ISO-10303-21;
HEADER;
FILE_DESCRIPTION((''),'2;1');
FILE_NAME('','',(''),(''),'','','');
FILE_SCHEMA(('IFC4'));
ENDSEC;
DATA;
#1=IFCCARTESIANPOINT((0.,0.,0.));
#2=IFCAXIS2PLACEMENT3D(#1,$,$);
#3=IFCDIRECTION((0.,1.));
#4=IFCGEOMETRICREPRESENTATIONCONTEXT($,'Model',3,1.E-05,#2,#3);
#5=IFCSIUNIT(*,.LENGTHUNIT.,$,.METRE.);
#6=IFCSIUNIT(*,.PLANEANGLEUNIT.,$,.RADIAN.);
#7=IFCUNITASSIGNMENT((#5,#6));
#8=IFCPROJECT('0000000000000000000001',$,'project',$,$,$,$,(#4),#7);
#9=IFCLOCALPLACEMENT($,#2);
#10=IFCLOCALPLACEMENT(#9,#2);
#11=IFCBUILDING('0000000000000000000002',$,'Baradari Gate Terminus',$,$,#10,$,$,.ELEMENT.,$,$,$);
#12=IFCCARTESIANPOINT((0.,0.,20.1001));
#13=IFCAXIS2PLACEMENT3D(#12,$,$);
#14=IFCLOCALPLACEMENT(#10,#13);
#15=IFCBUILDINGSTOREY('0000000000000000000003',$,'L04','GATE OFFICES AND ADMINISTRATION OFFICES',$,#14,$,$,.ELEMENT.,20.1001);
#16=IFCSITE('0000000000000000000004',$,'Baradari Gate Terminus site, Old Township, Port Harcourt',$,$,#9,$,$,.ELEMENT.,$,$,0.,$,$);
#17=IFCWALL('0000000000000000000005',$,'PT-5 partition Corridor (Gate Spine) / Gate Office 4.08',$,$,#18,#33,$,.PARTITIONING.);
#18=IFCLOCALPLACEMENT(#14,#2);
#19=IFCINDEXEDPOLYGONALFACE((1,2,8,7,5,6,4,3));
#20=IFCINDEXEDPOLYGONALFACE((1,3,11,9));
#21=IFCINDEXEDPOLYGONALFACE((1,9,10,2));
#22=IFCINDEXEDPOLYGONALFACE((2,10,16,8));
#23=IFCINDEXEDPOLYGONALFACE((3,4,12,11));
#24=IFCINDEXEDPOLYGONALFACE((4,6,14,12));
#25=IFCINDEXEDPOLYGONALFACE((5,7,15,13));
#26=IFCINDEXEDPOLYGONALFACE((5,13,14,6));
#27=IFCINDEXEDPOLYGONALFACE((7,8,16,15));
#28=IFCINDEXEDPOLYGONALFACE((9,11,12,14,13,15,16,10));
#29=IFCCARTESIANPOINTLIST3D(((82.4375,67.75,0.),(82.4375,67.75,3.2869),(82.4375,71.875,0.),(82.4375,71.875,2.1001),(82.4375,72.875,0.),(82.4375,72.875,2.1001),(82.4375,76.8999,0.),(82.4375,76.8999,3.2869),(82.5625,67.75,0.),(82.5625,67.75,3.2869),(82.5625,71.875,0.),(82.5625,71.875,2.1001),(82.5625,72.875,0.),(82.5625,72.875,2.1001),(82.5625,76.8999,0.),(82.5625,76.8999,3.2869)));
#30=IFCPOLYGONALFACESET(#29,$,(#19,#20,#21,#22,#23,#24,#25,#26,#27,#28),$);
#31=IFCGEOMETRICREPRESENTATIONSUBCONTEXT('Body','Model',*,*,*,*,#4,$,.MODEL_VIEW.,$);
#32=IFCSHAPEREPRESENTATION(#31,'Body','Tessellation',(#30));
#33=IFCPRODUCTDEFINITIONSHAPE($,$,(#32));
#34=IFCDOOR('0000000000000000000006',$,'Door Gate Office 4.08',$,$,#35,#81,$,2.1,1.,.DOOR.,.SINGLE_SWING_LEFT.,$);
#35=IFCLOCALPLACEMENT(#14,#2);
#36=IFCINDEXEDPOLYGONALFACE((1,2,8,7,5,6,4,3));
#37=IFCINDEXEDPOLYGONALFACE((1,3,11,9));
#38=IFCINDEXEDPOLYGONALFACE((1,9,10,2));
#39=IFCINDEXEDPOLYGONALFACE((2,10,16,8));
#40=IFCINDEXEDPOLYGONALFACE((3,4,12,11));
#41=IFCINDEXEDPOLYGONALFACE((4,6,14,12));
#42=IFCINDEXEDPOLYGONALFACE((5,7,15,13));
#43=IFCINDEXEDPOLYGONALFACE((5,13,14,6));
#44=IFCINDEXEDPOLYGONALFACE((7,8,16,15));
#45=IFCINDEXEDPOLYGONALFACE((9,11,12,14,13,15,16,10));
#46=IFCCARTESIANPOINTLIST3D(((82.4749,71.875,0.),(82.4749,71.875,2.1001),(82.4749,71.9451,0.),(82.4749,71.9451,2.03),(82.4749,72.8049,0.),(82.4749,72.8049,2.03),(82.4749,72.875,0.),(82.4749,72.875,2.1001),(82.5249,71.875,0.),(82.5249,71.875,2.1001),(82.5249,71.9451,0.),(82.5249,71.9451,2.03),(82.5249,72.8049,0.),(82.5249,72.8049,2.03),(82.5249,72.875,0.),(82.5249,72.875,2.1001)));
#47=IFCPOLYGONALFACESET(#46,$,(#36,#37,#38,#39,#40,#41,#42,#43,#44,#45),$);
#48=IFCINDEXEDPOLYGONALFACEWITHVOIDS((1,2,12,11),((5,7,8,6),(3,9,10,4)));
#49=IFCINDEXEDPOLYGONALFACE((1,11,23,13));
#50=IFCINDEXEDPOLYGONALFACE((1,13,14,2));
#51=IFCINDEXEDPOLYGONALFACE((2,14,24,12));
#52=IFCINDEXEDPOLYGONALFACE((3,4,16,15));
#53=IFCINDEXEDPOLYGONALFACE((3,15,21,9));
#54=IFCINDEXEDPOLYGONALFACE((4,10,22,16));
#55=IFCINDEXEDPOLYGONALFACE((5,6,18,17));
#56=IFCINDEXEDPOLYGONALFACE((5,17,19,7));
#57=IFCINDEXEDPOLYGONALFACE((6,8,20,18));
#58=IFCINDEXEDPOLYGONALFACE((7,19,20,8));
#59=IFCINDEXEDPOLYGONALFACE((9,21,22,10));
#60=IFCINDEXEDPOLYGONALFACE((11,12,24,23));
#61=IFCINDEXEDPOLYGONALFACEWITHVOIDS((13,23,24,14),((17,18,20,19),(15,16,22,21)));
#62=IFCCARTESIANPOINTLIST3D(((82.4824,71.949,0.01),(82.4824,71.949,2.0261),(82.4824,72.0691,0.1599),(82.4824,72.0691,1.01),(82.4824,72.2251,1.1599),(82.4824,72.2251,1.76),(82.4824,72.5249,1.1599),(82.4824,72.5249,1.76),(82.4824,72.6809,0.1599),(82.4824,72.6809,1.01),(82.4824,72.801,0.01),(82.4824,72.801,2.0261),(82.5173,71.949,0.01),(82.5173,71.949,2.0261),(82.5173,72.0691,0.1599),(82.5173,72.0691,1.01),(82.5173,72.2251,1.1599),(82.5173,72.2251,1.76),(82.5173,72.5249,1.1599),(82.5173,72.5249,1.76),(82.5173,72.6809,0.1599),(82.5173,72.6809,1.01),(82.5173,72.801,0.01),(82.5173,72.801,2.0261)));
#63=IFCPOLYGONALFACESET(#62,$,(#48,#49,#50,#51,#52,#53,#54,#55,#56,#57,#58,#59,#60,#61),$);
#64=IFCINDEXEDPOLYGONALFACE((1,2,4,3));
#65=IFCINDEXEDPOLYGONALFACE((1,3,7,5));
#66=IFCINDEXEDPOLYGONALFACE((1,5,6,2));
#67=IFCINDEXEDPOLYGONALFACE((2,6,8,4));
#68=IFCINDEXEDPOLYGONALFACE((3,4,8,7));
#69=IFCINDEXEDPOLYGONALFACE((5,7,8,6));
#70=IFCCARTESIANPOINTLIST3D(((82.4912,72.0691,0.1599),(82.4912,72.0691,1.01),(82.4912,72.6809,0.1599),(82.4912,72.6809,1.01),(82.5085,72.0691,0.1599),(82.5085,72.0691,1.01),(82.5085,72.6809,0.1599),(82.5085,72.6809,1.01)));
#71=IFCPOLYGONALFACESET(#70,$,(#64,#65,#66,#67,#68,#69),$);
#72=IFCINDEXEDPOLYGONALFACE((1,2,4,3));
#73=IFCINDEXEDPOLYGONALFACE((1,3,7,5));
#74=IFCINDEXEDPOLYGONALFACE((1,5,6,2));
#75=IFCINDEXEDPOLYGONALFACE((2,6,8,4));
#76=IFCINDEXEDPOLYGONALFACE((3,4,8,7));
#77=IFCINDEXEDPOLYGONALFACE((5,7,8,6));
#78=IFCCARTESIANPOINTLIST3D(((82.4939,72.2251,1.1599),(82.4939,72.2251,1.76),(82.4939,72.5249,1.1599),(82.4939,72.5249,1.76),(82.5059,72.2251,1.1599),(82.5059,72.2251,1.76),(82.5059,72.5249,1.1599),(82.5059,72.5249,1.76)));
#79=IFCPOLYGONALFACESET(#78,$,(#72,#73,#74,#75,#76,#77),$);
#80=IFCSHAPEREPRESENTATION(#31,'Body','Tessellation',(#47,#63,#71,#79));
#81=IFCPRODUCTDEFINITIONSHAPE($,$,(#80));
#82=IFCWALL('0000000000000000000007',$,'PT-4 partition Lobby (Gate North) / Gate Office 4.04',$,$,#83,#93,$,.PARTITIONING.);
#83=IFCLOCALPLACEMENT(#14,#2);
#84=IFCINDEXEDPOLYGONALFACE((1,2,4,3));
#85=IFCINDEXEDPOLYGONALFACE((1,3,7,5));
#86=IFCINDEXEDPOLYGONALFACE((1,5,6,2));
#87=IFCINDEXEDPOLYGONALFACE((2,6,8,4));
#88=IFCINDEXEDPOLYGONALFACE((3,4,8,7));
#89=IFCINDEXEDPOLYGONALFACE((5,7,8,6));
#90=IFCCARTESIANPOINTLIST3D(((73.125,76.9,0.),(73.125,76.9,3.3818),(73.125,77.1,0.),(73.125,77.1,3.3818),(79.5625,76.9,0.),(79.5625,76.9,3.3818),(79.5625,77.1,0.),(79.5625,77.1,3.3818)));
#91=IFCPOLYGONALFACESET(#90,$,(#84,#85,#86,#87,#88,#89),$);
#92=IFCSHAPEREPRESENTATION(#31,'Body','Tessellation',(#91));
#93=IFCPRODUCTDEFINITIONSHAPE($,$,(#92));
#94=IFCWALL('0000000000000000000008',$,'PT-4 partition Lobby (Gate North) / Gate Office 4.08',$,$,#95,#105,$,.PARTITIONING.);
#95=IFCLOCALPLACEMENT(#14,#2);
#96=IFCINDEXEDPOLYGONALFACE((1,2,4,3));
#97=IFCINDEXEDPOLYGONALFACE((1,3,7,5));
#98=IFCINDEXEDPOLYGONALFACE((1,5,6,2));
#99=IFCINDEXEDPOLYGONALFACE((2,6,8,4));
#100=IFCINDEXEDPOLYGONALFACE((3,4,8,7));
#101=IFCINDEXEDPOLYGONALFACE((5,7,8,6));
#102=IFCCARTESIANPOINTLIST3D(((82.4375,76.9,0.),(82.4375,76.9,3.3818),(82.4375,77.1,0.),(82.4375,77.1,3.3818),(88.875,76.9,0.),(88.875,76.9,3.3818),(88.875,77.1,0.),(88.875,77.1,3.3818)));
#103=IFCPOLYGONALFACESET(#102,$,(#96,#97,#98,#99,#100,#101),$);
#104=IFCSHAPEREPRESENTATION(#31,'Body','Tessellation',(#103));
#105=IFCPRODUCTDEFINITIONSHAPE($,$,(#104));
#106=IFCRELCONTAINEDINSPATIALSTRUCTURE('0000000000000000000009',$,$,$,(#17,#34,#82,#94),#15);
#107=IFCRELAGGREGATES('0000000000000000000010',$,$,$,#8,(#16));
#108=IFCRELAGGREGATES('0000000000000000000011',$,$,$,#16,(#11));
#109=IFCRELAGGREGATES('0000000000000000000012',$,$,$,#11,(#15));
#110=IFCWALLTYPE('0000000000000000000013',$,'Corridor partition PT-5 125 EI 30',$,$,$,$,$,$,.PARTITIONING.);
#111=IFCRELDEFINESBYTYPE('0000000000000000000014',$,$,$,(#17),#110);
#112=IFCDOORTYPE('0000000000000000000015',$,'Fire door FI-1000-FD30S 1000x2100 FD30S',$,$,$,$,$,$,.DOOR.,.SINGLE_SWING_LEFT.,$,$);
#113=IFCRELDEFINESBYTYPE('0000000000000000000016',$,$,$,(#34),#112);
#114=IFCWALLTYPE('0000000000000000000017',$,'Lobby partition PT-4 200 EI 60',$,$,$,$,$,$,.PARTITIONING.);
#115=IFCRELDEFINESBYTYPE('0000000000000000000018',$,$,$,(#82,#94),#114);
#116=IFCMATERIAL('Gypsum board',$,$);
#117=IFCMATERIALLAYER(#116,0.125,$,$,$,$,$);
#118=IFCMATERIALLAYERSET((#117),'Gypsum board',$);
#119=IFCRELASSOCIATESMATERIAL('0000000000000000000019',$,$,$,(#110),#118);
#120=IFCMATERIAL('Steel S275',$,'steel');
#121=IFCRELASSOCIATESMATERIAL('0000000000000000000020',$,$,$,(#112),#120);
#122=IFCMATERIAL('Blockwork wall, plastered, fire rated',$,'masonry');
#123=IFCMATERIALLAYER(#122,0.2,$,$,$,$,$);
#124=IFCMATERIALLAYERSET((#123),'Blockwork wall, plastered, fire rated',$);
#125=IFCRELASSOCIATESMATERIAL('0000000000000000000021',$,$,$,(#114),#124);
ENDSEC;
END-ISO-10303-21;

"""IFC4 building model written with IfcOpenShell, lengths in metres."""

from ifc_helpers import new_model, si_unit, direction, frame, frame_2d, origin, place, context, subcontext, project, spatial, polyline, rectangle, outline, extrude, material, layer, layer_set, type_object, element, fill, save


model = new_model("IFC4")

# Units and contexts
model_context = context("Model", 3, precision=1e-05, world=origin(), true_north=direction((0.0, 1.0)))
body_context = subcontext(model_context, "Body", "Model", "MODEL_VIEW")
ifc_project = project(units=[si_unit("LENGTHUNIT", "METRE"), si_unit("PLANEANGLEUNIT", "RADIAN")], contexts=[model_context])

# Site, building, storey
site_placement = place(None, origin())
site = spatial("IfcSite", under=ifc_project, at=site_placement, Name="Baradari Gate Terminus site, Old Township, Port Harcourt", CompositionType="ELEMENT", RefElevation=0.0)
building_placement = place(site_placement, origin())
building = spatial("IfcBuilding", under=site, at=building_placement, Name="Baradari Gate Terminus", CompositionType="ELEMENT")
storey_placement = place(building_placement, frame((0.0, 0.0, 20.1001)))
storey = spatial("IfcBuildingStorey", under=building, at=storey_placement, Name="L04", Description="GATE OFFICES AND ADMINISTRATION OFFICES", CompositionType="ELEMENT", Elevation=20.1001)

# Wall, opening, door
ifc_material_1 = material(Name="Gypsum board")
ifc_layer_1 = layer(ifc_material_1, 0.125)
ifc_layer_set_1 = layer_set([ifc_layer_1], Name="Gypsum board")
wall_type_1 = type_object("IfcWallType", Name="Corridor partition PT-5 125 EI 30", PredefinedType="PARTITIONING", material=ifc_layer_set_1)
wall_placement = place(storey_placement, frame((82.5, 76.8999, 0.0), z_axis=(0.0, 0.0, 1.0), x_axis=(0.0, -1.0, 0.0)))
wall = element("IfcWall", 1, at=wall_placement, inside=storey, type_object=wall_type_1, Name="PT-5 partition Corridor (Gate Spine) / Gate Office 4.08", PredefinedType="PARTITIONING", context=body_context, shape_type="SweptSolid", body=[
    extrude(rectangle(XDim=9.1499, YDim=0.125, at=frame_2d((4.575, 0.0))), origin(), (0.0, 0.0, 1.0), 3.2869),
])
opening_placement = place(wall_placement, frame((4.0249, 0.0, 0.0)))
opening = element("IfcOpeningElement", 2, at=opening_placement, cuts=wall, PredefinedType="OPENING", context=body_context, shape_type="SweptSolid", body=[
    extrude(rectangle(XDim=1.0, YDim=2.1001, at=frame_2d((0.5, 1.05))), frame((0.0, 0.0725, 0.0), z_axis=(0.0, -1.0, 0.0), x_axis=(1.0, 0.0, 0.0)), (0.0, 0.0, 1.0), 0.145),
])
ifc_material_2 = material(Name="Steel S275", Category="steel")
door_type = type_object("IfcDoorType", Name="Fire door FI-1000-FD30S 1000x2100 FD30S", OperationType="SINGLE_SWING_LEFT", PredefinedType="DOOR", material=ifc_material_2)
door_placement = place(opening_placement, origin())
door = element("IfcDoor", 3, at=door_placement, inside=storey, type_object=door_type, Name="Door Gate Office 4.08", OperationType="SINGLE_SWING_LEFT", OverallHeight=2.1, OverallWidth=1.0, PredefinedType="DOOR", context=body_context, shape_type="SweptSolid", body=[
    extrude(outline(polyline([(0.0, 0.0), (0.0701, 0.0), (0.0701, 2.03), (0.9299, 2.03), (0.9299, 0.0), (1.0, 0.0), (1.0, 2.1001), (0.0, 2.1001), (0.0, 0.0)])), frame((0.0, 0.0249, 0.0), z_axis=(0.0, -1.0, 0.0), x_axis=(1.0, 0.0, 0.0)), (0.0, 0.0, 1.0), 0.05),
    extrude(outline(polyline([(0.074, 0.01), (0.926, 0.01), (0.926, 2.0261), (0.074, 2.0261), (0.074, 0.01)]), holes=[polyline([(0.1941, 0.1599), (0.8059, 0.1599), (0.8059, 1.01), (0.1941, 1.01), (0.1941, 0.1599)]), polyline([(0.3501, 1.1599), (0.6499, 1.1599), (0.6499, 1.76), (0.3501, 1.76), (0.3501, 1.1599)])]), frame((0.0, 0.0173, 0.0), z_axis=(0.0, -1.0, 0.0), x_axis=(1.0, 0.0, 0.0)), (0.0, 0.0, 1.0), 0.0349),
    extrude(rectangle(XDim=0.6118, YDim=0.8501, at=frame_2d((0.5, 0.585))), frame((0.0, 0.0085, 0.0), z_axis=(0.0, -1.0, 0.0), x_axis=(1.0, 0.0, 0.0)), (0.0, 0.0, 1.0), 0.0173),
    extrude(rectangle(XDim=0.2998, YDim=0.6001, at=frame_2d((0.5, 1.46))), frame((0.0, 0.0059, 0.0), z_axis=(0.0, -1.0, 0.0), x_axis=(1.0, 0.0, 0.0)), (0.0, 0.0, 1.0), 0.012),
])
fill(opening, door)

# Walls
ifc_material_3 = material(Name="Blockwork wall, plastered, fire rated", Category="masonry")
ifc_layer_2 = layer(ifc_material_3, 0.2)
ifc_layer_set_2 = layer_set([ifc_layer_2], Name="Blockwork wall, plastered, fire rated")
wall_type_2 = type_object("IfcWallType", Name="Lobby partition PT-4 200 EI 60", PredefinedType="PARTITIONING", material=ifc_layer_set_2)
for number, where, z_axis, x_axis, name in (
    (4, (79.5625, 77.0, 0.0), (0.0, 0.0, 1.0), (-1.0, 0.0, 0.0), "PT-4 partition Lobby (Gate North) / Gate Office 4.04"),
    (5, (88.875, 77.0, 0.0), (0.0, 0.0, 1.0), (-1.0, 0.0, 0.0), "PT-4 partition Lobby (Gate North) / Gate Office 4.08"),
):
    element("IfcWall", number, at=place(storey_placement, frame(where, z_axis=z_axis, x_axis=x_axis)), inside=storey, type_object=wall_type_2, Name=name, PredefinedType="PARTITIONING", context=body_context, shape_type="SweptSolid", body=[
        extrude(rectangle(XDim=6.4375, YDim=0.2, at=frame_2d((3.2188, 0.0))), origin(), (0.0, 0.0, 1.0), 3.3818),
    ])

save(model, "model.ifc")
